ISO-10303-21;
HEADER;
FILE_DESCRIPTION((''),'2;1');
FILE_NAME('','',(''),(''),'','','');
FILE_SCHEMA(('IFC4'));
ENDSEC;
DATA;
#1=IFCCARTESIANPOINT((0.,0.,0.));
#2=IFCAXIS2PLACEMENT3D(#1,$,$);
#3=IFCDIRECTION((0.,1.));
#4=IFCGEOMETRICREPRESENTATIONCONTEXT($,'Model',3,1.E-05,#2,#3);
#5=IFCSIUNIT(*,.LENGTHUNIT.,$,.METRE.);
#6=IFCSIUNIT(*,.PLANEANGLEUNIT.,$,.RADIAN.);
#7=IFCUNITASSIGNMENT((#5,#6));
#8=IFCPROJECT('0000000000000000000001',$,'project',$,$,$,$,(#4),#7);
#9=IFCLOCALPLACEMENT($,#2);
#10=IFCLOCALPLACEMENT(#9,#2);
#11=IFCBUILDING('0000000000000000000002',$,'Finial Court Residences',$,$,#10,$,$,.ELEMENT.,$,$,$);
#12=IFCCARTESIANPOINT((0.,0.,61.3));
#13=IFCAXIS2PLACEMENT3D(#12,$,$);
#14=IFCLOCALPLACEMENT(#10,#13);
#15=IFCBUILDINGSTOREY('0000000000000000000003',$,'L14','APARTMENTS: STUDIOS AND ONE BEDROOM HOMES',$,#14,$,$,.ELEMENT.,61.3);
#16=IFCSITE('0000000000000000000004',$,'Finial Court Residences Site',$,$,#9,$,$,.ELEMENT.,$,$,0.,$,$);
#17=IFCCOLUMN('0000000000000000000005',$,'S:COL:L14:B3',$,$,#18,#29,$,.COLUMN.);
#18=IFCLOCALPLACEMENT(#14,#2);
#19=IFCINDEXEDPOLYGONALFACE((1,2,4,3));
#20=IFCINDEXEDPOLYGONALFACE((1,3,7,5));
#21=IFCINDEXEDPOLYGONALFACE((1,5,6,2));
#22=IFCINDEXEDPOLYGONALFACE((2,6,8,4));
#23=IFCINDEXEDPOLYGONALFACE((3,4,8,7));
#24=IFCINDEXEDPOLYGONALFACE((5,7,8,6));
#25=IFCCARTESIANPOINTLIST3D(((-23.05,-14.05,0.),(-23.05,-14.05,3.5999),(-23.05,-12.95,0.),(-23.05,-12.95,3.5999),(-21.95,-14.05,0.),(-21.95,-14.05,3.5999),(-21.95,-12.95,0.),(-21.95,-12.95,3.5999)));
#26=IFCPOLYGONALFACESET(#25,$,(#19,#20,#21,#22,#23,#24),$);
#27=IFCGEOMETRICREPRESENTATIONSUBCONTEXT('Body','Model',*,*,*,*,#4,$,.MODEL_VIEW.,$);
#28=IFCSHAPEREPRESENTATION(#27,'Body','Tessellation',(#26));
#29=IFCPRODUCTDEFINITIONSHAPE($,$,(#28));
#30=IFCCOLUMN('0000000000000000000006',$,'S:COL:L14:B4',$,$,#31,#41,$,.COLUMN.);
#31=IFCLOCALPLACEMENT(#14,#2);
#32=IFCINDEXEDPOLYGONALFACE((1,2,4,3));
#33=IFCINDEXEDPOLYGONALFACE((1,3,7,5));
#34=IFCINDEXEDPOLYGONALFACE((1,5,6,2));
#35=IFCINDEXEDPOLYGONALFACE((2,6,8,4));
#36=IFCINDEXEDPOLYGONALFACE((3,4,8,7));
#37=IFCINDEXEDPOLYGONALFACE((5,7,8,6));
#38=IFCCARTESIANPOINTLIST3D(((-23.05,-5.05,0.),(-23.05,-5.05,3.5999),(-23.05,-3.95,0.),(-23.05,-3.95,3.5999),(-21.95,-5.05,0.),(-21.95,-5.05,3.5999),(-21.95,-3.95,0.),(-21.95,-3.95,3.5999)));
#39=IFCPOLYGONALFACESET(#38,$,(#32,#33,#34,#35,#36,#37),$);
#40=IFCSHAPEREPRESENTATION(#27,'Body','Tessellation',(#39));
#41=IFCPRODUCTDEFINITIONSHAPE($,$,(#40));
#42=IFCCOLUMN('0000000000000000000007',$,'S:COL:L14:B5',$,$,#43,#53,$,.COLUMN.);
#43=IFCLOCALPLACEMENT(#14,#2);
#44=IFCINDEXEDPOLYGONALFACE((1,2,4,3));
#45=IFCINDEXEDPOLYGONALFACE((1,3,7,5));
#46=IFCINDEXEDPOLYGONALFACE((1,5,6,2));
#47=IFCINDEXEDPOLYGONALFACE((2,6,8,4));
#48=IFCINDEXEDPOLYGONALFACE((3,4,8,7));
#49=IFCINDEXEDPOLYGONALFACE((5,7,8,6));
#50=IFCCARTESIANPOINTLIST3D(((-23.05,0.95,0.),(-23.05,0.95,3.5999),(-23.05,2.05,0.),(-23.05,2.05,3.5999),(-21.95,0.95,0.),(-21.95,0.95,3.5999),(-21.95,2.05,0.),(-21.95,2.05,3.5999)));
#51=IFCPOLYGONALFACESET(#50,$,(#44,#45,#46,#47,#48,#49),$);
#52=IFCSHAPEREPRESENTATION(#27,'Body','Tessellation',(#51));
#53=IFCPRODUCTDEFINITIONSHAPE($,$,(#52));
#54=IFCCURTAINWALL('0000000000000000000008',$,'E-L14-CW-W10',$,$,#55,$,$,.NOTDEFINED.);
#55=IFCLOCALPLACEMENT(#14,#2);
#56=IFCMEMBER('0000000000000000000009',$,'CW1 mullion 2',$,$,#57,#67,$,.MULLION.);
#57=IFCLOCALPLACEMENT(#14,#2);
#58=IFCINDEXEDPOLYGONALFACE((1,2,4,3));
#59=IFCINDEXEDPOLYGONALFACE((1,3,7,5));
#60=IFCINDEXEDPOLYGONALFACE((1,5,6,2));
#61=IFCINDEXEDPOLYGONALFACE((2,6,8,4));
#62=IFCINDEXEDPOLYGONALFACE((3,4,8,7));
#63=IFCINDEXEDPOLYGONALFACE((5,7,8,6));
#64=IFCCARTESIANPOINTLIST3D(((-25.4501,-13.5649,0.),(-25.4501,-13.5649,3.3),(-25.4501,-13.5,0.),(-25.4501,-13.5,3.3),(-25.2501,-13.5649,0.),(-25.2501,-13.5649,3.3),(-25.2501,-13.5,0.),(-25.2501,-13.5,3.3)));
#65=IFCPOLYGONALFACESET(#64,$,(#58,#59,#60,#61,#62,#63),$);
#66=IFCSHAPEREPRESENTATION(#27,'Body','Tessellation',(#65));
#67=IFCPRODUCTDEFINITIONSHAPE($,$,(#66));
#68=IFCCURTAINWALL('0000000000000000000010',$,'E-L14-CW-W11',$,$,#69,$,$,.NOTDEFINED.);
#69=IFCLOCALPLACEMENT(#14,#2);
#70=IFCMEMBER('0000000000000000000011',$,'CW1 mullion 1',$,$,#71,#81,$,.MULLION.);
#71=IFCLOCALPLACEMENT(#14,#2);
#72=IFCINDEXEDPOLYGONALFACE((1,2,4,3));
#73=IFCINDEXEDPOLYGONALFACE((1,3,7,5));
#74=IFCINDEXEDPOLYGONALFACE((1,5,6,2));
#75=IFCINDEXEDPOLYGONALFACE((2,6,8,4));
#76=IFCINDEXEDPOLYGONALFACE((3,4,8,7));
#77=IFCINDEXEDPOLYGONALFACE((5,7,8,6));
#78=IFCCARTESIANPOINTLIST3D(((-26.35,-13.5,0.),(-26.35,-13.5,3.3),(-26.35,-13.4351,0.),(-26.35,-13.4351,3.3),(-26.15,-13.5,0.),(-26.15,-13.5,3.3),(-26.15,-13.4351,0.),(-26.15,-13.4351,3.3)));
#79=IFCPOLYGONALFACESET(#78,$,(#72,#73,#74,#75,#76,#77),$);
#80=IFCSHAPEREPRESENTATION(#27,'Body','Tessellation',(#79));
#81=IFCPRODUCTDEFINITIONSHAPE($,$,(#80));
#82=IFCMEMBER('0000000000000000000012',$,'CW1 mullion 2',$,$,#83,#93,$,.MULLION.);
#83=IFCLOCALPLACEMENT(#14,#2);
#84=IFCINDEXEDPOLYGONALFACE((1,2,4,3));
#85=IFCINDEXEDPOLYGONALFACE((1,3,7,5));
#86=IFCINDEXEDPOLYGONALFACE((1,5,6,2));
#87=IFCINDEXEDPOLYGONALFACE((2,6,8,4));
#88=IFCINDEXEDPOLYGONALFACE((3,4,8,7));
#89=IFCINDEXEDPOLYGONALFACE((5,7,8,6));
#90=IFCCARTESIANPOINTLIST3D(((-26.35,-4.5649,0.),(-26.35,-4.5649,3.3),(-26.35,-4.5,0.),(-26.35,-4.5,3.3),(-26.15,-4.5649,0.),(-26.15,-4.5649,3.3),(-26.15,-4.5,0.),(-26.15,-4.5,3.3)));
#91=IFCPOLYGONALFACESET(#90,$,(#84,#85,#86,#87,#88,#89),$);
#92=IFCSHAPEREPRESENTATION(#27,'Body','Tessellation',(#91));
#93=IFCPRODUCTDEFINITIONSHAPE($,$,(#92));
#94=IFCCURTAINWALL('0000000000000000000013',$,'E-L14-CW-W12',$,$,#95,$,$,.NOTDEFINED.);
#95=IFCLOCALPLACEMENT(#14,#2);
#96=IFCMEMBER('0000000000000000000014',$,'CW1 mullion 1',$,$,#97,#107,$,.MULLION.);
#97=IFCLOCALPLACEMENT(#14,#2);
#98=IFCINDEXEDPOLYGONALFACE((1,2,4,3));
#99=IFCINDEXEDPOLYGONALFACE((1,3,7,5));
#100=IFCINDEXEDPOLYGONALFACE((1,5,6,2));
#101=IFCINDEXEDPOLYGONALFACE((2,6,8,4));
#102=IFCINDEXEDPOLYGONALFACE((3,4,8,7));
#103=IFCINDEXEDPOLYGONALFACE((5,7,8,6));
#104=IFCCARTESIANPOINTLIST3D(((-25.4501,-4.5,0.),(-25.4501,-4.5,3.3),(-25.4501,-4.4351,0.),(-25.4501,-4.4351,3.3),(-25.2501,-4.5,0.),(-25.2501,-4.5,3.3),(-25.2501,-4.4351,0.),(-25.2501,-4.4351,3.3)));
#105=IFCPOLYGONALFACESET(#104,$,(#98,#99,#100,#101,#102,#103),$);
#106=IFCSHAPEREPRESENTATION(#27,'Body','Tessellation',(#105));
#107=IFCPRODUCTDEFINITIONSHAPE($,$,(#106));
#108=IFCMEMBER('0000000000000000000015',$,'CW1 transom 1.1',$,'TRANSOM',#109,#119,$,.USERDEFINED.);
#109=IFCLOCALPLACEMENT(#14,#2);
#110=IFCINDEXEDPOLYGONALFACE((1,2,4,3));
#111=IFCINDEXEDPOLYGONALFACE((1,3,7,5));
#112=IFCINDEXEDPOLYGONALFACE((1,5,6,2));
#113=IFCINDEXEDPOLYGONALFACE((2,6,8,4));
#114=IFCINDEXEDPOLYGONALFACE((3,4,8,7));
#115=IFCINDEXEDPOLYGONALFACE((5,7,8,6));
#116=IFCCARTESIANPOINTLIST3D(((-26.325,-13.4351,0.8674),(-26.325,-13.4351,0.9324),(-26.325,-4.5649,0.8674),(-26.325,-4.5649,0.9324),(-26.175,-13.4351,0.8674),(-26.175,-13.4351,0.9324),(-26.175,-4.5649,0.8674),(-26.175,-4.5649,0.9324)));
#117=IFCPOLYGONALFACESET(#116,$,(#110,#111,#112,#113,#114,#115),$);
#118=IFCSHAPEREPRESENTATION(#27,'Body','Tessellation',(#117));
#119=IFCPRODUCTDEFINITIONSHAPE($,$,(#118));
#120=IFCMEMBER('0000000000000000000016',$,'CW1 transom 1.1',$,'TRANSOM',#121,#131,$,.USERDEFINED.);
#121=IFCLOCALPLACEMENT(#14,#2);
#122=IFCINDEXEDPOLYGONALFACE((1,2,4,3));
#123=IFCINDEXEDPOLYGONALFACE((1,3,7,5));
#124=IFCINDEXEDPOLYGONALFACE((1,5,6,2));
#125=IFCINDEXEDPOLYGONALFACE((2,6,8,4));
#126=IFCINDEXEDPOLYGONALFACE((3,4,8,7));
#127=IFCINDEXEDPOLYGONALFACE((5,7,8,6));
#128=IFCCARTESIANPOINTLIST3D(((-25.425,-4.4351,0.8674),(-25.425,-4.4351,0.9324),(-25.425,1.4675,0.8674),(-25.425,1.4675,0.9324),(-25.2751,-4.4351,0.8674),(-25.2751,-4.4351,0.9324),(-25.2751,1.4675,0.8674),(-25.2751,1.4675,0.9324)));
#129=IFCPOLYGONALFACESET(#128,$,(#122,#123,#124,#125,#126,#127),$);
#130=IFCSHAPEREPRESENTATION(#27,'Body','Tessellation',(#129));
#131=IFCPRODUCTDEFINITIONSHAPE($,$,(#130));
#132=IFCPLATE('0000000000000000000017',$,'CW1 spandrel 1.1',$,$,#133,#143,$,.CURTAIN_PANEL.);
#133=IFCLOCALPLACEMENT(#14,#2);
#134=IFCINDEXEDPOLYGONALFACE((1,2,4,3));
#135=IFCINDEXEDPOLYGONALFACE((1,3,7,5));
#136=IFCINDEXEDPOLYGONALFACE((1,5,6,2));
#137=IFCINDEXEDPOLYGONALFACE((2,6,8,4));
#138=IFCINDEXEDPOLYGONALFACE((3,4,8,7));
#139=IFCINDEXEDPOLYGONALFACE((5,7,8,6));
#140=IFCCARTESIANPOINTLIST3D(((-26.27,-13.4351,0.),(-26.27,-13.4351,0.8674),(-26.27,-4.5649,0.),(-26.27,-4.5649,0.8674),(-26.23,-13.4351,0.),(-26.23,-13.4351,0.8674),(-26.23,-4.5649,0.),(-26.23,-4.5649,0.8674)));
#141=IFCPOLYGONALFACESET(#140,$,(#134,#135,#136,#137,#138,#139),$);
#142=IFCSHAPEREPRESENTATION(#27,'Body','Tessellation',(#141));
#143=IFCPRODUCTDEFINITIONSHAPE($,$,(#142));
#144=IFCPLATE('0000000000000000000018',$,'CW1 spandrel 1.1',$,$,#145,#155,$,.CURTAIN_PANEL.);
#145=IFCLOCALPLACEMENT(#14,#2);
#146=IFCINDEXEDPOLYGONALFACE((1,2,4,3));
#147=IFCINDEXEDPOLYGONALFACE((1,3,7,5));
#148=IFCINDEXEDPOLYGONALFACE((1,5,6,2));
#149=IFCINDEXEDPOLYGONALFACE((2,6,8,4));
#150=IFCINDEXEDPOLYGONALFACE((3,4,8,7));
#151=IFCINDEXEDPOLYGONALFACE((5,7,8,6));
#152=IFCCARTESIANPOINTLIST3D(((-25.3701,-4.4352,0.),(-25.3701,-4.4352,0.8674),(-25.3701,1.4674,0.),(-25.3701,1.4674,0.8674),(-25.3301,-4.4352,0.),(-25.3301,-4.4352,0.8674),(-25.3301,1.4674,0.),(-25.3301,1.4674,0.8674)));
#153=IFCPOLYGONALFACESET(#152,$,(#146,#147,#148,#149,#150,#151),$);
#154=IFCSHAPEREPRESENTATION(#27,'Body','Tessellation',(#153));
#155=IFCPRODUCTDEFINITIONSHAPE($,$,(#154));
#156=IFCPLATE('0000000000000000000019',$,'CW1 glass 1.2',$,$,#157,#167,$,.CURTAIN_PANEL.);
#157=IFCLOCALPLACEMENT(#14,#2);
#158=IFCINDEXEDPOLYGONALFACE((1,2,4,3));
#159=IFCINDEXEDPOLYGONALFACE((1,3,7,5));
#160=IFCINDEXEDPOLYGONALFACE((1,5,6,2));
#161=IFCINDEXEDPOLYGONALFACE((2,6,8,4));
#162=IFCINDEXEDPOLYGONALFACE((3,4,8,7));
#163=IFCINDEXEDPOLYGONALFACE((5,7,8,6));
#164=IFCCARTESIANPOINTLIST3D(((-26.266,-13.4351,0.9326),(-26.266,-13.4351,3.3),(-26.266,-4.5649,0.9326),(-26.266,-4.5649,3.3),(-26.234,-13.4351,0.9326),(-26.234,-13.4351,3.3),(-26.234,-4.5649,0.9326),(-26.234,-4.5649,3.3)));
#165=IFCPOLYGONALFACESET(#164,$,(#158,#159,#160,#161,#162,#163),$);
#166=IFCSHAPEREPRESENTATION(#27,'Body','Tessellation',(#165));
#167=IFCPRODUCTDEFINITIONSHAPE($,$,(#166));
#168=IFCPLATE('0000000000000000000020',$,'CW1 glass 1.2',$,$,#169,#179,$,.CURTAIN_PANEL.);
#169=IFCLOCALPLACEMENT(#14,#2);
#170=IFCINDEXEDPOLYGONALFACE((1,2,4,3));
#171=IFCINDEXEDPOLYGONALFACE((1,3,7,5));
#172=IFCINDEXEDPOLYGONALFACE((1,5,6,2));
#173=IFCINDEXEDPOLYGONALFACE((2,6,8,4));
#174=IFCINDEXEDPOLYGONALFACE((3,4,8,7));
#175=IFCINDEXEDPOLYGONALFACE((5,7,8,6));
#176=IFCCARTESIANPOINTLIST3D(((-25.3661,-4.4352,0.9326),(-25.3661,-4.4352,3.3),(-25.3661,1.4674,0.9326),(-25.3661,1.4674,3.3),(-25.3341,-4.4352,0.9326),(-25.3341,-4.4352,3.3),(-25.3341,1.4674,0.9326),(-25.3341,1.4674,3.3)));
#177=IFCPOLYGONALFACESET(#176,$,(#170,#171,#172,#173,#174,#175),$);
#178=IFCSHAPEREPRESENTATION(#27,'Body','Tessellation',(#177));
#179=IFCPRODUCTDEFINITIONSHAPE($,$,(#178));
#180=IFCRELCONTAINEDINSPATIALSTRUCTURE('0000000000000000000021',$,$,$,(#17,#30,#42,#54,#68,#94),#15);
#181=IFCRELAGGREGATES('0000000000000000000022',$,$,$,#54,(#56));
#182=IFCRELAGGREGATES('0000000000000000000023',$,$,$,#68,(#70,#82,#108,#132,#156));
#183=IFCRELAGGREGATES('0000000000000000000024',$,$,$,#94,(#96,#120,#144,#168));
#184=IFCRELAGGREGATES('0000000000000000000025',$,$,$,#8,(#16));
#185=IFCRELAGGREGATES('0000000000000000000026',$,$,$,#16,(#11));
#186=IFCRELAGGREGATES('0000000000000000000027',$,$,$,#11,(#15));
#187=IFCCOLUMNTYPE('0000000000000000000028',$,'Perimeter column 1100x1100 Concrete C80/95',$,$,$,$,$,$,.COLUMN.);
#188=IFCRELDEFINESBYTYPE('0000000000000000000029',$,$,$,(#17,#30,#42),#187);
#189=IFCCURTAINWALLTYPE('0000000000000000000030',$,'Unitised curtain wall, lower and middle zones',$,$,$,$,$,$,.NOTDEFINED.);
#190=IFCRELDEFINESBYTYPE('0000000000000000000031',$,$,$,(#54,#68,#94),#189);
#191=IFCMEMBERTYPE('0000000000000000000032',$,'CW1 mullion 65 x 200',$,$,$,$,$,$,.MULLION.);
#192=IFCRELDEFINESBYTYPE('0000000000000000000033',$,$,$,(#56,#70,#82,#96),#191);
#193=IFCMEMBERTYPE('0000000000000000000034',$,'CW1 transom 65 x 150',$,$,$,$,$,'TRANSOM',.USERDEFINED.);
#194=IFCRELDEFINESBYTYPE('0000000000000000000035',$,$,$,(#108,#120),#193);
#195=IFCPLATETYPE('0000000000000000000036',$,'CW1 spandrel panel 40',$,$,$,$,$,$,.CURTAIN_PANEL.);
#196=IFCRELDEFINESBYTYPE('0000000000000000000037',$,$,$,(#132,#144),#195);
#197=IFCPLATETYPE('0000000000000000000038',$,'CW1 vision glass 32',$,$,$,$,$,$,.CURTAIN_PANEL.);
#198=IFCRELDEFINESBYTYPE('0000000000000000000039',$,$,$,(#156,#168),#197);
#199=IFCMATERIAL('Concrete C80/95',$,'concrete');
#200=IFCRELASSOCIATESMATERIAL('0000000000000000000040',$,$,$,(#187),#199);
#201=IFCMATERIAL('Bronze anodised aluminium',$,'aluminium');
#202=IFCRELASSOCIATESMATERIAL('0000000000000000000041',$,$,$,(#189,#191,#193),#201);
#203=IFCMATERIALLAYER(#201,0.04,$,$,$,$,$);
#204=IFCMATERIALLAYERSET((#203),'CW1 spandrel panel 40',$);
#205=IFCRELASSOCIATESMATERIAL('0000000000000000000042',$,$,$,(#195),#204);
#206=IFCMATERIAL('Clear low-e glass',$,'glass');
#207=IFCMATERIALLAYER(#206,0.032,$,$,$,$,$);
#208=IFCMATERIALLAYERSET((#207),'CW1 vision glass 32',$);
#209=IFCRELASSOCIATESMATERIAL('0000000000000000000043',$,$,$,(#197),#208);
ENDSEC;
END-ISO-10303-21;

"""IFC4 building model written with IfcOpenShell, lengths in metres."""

from ifc_helpers import new_model, si_unit, direction, frame, origin, origin_2d, place, context, subcontext, project, spatial, rectangle, extrude, material, layer, layer_set, material_profile, profile_set, type_object, element, aggregate, save


model = new_model("IFC4")

# Units and contexts
model_context = context("Model", 3, precision=1e-05, world=origin(), true_north=direction((0.0, 1.0)))
body_context = subcontext(model_context, "Body", "Model", "MODEL_VIEW")
ifc_project = project(units=[si_unit("LENGTHUNIT", "METRE"), si_unit("PLANEANGLEUNIT", "RADIAN")], contexts=[model_context])

# Site, building, storey
site_placement = place(None, origin())
site = spatial("IfcSite", under=ifc_project, at=site_placement, Name="Finial Court Residences Site", CompositionType="ELEMENT", RefElevation=0.0)
building_placement = place(site_placement, origin())
building = spatial("IfcBuilding", under=site, at=building_placement, Name="Finial Court Residences", CompositionType="ELEMENT")
storey_placement = place(building_placement, frame((0.0, 0.0, 61.3)))
storey = spatial("IfcBuildingStorey", under=building, at=storey_placement, Name="L14", Description="APARTMENTS: STUDIOS AND ONE BEDROOM HOMES", CompositionType="ELEMENT", Elevation=61.3)

# Columns
ifc_material_1 = material(Name="Concrete C80/95", Category="concrete")
ifc_material_profile_1 = material_profile(ifc_material_1, rectangle(XDim=1.1001, YDim=1.1001, at=origin_2d()), Name="1100x1100")
ifc_profile_set_1 = profile_set([ifc_material_profile_1], Name="Concrete C80/95")
column_type = type_object("IfcColumnType", Name="Perimeter column 1100x1100 Concrete C80/95", PredefinedType="COLUMN", material=ifc_profile_set_1)
for number, where, z_axis, x_axis, name in (
    (1, (-22.5, -13.5, 0.0), (0.0, 0.0, 1.0), (1.0, 0.0, 0.0), "S:COL:L14:B3"),
    (2, (-22.5, -4.5, 0.0), (0.0, 0.0, 1.0), (1.0, 0.0, 0.0), "S:COL:L14:B4"),
    (3, (-22.5, 1.5, 0.0), (0.0, 0.0, 1.0), (1.0, 0.0, 0.0), "S:COL:L14:B5"),
):
    element("IfcColumn", number, at=place(storey_placement, frame(where, z_axis=z_axis, x_axis=x_axis)), inside=storey, type_object=column_type, Name=name, PredefinedType="COLUMN", context=body_context, shape_type="SweptSolid", body=[
        extrude(rectangle(XDim=1.1001, YDim=1.1001, at=origin_2d()), origin(), (0.0, 0.0, 1.0), 3.5999),
    ])

# Curtain wall, member
ifc_material_2 = material(Name="Bronze anodised aluminium", Category="aluminium")
curtain_wall_type = type_object("IfcCurtainWallType", Name="Unitised curtain wall, lower and middle zones", PredefinedType="NOTDEFINED", material=ifc_material_2)
curtain_wall_1_placement = place(storey_placement, origin())
curtain_wall_1 = element("IfcCurtainWall", 4, at=curtain_wall_1_placement, inside=storey, type_object=curtain_wall_type, Name="E-L14-CW-W10", PredefinedType="NOTDEFINED")
ifc_material_profile_2 = material_profile(ifc_material_2, rectangle(XDim=0.2, YDim=0.0649, at=origin_2d()), Name="CW1 mullion 65 x 200")
ifc_profile_set_2 = profile_set([ifc_material_profile_2], Name="Bronze anodised aluminium")
member_type_1 = type_object("IfcMemberType", Name="CW1 mullion 65 x 200", PredefinedType="MULLION", material=ifc_profile_set_2)
member_1_placement = place(storey_placement, frame((-25.3501, -13.5325, 0.0), z_axis=(0.0, 0.0, 1.0), x_axis=(-1.0, 0.0, 0.0)))
member_1 = element("IfcMember", 5, at=member_1_placement, type_object=member_type_1, Name="CW1 mullion 2", PredefinedType="MULLION", context=body_context, shape_type="SweptSolid", body=[
    extrude(rectangle(XDim=0.2, YDim=0.0649, at=origin_2d()), origin(), (0.0, 0.0, 1.0), 3.3),
])
aggregate(curtain_wall_1, [member_1])

# Curtain wall, members
curtain_wall_2_placement = place(storey_placement, origin())
curtain_wall_2 = element("IfcCurtainWall", 6, at=curtain_wall_2_placement, inside=storey, type_object=curtain_wall_type, Name="E-L14-CW-W11", PredefinedType="NOTDEFINED")
member_2_placement = place(storey_placement, frame((-26.25, -13.4675, 0.0), z_axis=(0.0, 0.0, 1.0), x_axis=(-1.0, 0.0, 0.0)))
member_2 = element("IfcMember", 7, at=member_2_placement, type_object=member_type_1, Name="CW1 mullion 1", PredefinedType="MULLION", context=body_context, shape_type="SweptSolid", body=[
    extrude(rectangle(XDim=0.2, YDim=0.0649, at=origin_2d()), origin(), (0.0, 0.0, 1.0), 3.3),
])
member_3_placement = place(storey_placement, frame((-26.25, -4.5325, 0.0), z_axis=(0.0, 0.0, 1.0), x_axis=(-1.0, 0.0, 0.0)))
member_3 = element("IfcMember", 8, at=member_3_placement, type_object=member_type_1, Name="CW1 mullion 2", PredefinedType="MULLION", context=body_context, shape_type="SweptSolid", body=[
    extrude(rectangle(XDim=0.2, YDim=0.0649, at=origin_2d()), origin(), (0.0, 0.0, 1.0), 3.3),
])

# Curtain wall, member
curtain_wall_3_placement = place(storey_placement, origin())
curtain_wall_3 = element("IfcCurtainWall", 9, at=curtain_wall_3_placement, inside=storey, type_object=curtain_wall_type, Name="E-L14-CW-W12", PredefinedType="NOTDEFINED")
member_4_placement = place(storey_placement, frame((-25.3501, -4.4675, 0.0), z_axis=(0.0, 0.0, 1.0), x_axis=(-1.0, 0.0, 0.0)))
member_4 = element("IfcMember", 10, at=member_4_placement, type_object=member_type_1, Name="CW1 mullion 1", PredefinedType="MULLION", context=body_context, shape_type="SweptSolid", body=[
    extrude(rectangle(XDim=0.2, YDim=0.0649, at=origin_2d()), origin(), (0.0, 0.0, 1.0), 3.3),
])

# Members
ifc_material_profile_3 = material_profile(ifc_material_2, rectangle(XDim=0.1499, YDim=0.0649, at=origin_2d()), Name="CW1 transom 65 x 150")
ifc_profile_set_3 = profile_set([ifc_material_profile_3], Name="Bronze anodised aluminium")
member_type_2 = type_object("IfcMemberType", Name="CW1 transom 65 x 150", ElementType="TRANSOM", PredefinedType="USERDEFINED", material=ifc_profile_set_3)
member_5_placement = place(storey_placement, frame((-26.25, -13.4351, 0.8999), z_axis=(0.0, 1.0, 0.0), x_axis=(-1.0, 0.0, 0.0)))
member_5 = element("IfcMember", 11, at=member_5_placement, type_object=member_type_2, Name="CW1 transom 1.1", ObjectType="TRANSOM", PredefinedType="USERDEFINED", context=body_context, shape_type="SweptSolid", body=[
    extrude(rectangle(XDim=0.1499, YDim=0.0649, at=origin_2d()), origin(), (0.0, 0.0, 1.0), 8.8701),
])
member_6_placement = place(storey_placement, frame((-25.3501, -4.4351, 0.8999), z_axis=(0.0, 1.0, 0.0), x_axis=(-1.0, 0.0, 0.0)))
member_6 = element("IfcMember", 12, at=member_6_placement, type_object=member_type_2, Name="CW1 transom 1.1", ObjectType="TRANSOM", PredefinedType="USERDEFINED", context=body_context, shape_type="SweptSolid", body=[
    extrude(rectangle(XDim=0.1499, YDim=0.0649, at=origin_2d()), origin(), (0.0, 0.0, 1.0), 5.9026),
])

# Plates
ifc_layer_1 = layer(ifc_material_2, 0.04)
ifc_layer_set_1 = layer_set([ifc_layer_1], Name="CW1 spandrel panel 40")
plate_type_1 = type_object("IfcPlateType", Name="CW1 spandrel panel 40", PredefinedType="CURTAIN_PANEL", material=ifc_layer_set_1)
plate_1_placement = place(storey_placement, frame((-26.25, -9.0, 0.0), z_axis=(0.0, 0.0, 1.0), x_axis=(0.0, 1.0, 0.0)))
plate_1 = element("IfcPlate", 13, at=plate_1_placement, type_object=plate_type_1, Name="CW1 spandrel 1.1", PredefinedType="CURTAIN_PANEL", context=body_context, shape_type="SweptSolid", body=[
    extrude(rectangle(XDim=8.8701, YDim=0.04, at=origin_2d()), origin(), (0.0, 0.0, 1.0), 0.8674),
])
plate_2_placement = place(storey_placement, frame((-25.3501, -1.4839, 0.0), z_axis=(0.0, 0.0, 1.0), x_axis=(0.0, 1.0, 0.0)))
plate_2 = element("IfcPlate", 14, at=plate_2_placement, type_object=plate_type_1, Name="CW1 spandrel 1.1", PredefinedType="CURTAIN_PANEL", context=body_context, shape_type="SweptSolid", body=[
    extrude(rectangle(XDim=5.9026, YDim=0.04, at=origin_2d()), origin(), (0.0, 0.0, 1.0), 0.8674),
])
ifc_material_3 = material(Name="Clear low-e glass", Category="glass")
ifc_layer_2 = layer(ifc_material_3, 0.032)
ifc_layer_set_2 = layer_set([ifc_layer_2], Name="CW1 vision glass 32")
plate_type_2 = type_object("IfcPlateType", Name="CW1 vision glass 32", PredefinedType="CURTAIN_PANEL", material=ifc_layer_set_2)
plate_3_placement = place(storey_placement, frame((-26.25, -9.0, 0.9326), z_axis=(0.0, 0.0, 1.0), x_axis=(0.0, 1.0, 0.0)))
plate_3 = element("IfcPlate", 15, at=plate_3_placement, type_object=plate_type_2, Name="CW1 glass 1.2", PredefinedType="CURTAIN_PANEL", context=body_context, shape_type="SweptSolid", body=[
    extrude(rectangle(XDim=8.8701, YDim=0.032, at=origin_2d()), origin(), (0.0, 0.0, 1.0), 2.3674),
])
aggregate(curtain_wall_2, [member_2, member_3, member_5, plate_1, plate_3])
plate_4_placement = place(storey_placement, frame((-25.3501, -1.4839, 0.9326), z_axis=(0.0, 0.0, 1.0), x_axis=(0.0, 1.0, 0.0)))
plate_4 = element("IfcPlate", 16, at=plate_4_placement, type_object=plate_type_2, Name="CW1 glass 1.2", PredefinedType="CURTAIN_PANEL", context=body_context, shape_type="SweptSolid", body=[
    extrude(rectangle(XDim=5.9026, YDim=0.032, at=origin_2d()), origin(), (0.0, 0.0, 1.0), 2.3674),
])
aggregate(curtain_wall_3, [member_4, member_6, plate_2, plate_4])

save(model, "model.ifc")
